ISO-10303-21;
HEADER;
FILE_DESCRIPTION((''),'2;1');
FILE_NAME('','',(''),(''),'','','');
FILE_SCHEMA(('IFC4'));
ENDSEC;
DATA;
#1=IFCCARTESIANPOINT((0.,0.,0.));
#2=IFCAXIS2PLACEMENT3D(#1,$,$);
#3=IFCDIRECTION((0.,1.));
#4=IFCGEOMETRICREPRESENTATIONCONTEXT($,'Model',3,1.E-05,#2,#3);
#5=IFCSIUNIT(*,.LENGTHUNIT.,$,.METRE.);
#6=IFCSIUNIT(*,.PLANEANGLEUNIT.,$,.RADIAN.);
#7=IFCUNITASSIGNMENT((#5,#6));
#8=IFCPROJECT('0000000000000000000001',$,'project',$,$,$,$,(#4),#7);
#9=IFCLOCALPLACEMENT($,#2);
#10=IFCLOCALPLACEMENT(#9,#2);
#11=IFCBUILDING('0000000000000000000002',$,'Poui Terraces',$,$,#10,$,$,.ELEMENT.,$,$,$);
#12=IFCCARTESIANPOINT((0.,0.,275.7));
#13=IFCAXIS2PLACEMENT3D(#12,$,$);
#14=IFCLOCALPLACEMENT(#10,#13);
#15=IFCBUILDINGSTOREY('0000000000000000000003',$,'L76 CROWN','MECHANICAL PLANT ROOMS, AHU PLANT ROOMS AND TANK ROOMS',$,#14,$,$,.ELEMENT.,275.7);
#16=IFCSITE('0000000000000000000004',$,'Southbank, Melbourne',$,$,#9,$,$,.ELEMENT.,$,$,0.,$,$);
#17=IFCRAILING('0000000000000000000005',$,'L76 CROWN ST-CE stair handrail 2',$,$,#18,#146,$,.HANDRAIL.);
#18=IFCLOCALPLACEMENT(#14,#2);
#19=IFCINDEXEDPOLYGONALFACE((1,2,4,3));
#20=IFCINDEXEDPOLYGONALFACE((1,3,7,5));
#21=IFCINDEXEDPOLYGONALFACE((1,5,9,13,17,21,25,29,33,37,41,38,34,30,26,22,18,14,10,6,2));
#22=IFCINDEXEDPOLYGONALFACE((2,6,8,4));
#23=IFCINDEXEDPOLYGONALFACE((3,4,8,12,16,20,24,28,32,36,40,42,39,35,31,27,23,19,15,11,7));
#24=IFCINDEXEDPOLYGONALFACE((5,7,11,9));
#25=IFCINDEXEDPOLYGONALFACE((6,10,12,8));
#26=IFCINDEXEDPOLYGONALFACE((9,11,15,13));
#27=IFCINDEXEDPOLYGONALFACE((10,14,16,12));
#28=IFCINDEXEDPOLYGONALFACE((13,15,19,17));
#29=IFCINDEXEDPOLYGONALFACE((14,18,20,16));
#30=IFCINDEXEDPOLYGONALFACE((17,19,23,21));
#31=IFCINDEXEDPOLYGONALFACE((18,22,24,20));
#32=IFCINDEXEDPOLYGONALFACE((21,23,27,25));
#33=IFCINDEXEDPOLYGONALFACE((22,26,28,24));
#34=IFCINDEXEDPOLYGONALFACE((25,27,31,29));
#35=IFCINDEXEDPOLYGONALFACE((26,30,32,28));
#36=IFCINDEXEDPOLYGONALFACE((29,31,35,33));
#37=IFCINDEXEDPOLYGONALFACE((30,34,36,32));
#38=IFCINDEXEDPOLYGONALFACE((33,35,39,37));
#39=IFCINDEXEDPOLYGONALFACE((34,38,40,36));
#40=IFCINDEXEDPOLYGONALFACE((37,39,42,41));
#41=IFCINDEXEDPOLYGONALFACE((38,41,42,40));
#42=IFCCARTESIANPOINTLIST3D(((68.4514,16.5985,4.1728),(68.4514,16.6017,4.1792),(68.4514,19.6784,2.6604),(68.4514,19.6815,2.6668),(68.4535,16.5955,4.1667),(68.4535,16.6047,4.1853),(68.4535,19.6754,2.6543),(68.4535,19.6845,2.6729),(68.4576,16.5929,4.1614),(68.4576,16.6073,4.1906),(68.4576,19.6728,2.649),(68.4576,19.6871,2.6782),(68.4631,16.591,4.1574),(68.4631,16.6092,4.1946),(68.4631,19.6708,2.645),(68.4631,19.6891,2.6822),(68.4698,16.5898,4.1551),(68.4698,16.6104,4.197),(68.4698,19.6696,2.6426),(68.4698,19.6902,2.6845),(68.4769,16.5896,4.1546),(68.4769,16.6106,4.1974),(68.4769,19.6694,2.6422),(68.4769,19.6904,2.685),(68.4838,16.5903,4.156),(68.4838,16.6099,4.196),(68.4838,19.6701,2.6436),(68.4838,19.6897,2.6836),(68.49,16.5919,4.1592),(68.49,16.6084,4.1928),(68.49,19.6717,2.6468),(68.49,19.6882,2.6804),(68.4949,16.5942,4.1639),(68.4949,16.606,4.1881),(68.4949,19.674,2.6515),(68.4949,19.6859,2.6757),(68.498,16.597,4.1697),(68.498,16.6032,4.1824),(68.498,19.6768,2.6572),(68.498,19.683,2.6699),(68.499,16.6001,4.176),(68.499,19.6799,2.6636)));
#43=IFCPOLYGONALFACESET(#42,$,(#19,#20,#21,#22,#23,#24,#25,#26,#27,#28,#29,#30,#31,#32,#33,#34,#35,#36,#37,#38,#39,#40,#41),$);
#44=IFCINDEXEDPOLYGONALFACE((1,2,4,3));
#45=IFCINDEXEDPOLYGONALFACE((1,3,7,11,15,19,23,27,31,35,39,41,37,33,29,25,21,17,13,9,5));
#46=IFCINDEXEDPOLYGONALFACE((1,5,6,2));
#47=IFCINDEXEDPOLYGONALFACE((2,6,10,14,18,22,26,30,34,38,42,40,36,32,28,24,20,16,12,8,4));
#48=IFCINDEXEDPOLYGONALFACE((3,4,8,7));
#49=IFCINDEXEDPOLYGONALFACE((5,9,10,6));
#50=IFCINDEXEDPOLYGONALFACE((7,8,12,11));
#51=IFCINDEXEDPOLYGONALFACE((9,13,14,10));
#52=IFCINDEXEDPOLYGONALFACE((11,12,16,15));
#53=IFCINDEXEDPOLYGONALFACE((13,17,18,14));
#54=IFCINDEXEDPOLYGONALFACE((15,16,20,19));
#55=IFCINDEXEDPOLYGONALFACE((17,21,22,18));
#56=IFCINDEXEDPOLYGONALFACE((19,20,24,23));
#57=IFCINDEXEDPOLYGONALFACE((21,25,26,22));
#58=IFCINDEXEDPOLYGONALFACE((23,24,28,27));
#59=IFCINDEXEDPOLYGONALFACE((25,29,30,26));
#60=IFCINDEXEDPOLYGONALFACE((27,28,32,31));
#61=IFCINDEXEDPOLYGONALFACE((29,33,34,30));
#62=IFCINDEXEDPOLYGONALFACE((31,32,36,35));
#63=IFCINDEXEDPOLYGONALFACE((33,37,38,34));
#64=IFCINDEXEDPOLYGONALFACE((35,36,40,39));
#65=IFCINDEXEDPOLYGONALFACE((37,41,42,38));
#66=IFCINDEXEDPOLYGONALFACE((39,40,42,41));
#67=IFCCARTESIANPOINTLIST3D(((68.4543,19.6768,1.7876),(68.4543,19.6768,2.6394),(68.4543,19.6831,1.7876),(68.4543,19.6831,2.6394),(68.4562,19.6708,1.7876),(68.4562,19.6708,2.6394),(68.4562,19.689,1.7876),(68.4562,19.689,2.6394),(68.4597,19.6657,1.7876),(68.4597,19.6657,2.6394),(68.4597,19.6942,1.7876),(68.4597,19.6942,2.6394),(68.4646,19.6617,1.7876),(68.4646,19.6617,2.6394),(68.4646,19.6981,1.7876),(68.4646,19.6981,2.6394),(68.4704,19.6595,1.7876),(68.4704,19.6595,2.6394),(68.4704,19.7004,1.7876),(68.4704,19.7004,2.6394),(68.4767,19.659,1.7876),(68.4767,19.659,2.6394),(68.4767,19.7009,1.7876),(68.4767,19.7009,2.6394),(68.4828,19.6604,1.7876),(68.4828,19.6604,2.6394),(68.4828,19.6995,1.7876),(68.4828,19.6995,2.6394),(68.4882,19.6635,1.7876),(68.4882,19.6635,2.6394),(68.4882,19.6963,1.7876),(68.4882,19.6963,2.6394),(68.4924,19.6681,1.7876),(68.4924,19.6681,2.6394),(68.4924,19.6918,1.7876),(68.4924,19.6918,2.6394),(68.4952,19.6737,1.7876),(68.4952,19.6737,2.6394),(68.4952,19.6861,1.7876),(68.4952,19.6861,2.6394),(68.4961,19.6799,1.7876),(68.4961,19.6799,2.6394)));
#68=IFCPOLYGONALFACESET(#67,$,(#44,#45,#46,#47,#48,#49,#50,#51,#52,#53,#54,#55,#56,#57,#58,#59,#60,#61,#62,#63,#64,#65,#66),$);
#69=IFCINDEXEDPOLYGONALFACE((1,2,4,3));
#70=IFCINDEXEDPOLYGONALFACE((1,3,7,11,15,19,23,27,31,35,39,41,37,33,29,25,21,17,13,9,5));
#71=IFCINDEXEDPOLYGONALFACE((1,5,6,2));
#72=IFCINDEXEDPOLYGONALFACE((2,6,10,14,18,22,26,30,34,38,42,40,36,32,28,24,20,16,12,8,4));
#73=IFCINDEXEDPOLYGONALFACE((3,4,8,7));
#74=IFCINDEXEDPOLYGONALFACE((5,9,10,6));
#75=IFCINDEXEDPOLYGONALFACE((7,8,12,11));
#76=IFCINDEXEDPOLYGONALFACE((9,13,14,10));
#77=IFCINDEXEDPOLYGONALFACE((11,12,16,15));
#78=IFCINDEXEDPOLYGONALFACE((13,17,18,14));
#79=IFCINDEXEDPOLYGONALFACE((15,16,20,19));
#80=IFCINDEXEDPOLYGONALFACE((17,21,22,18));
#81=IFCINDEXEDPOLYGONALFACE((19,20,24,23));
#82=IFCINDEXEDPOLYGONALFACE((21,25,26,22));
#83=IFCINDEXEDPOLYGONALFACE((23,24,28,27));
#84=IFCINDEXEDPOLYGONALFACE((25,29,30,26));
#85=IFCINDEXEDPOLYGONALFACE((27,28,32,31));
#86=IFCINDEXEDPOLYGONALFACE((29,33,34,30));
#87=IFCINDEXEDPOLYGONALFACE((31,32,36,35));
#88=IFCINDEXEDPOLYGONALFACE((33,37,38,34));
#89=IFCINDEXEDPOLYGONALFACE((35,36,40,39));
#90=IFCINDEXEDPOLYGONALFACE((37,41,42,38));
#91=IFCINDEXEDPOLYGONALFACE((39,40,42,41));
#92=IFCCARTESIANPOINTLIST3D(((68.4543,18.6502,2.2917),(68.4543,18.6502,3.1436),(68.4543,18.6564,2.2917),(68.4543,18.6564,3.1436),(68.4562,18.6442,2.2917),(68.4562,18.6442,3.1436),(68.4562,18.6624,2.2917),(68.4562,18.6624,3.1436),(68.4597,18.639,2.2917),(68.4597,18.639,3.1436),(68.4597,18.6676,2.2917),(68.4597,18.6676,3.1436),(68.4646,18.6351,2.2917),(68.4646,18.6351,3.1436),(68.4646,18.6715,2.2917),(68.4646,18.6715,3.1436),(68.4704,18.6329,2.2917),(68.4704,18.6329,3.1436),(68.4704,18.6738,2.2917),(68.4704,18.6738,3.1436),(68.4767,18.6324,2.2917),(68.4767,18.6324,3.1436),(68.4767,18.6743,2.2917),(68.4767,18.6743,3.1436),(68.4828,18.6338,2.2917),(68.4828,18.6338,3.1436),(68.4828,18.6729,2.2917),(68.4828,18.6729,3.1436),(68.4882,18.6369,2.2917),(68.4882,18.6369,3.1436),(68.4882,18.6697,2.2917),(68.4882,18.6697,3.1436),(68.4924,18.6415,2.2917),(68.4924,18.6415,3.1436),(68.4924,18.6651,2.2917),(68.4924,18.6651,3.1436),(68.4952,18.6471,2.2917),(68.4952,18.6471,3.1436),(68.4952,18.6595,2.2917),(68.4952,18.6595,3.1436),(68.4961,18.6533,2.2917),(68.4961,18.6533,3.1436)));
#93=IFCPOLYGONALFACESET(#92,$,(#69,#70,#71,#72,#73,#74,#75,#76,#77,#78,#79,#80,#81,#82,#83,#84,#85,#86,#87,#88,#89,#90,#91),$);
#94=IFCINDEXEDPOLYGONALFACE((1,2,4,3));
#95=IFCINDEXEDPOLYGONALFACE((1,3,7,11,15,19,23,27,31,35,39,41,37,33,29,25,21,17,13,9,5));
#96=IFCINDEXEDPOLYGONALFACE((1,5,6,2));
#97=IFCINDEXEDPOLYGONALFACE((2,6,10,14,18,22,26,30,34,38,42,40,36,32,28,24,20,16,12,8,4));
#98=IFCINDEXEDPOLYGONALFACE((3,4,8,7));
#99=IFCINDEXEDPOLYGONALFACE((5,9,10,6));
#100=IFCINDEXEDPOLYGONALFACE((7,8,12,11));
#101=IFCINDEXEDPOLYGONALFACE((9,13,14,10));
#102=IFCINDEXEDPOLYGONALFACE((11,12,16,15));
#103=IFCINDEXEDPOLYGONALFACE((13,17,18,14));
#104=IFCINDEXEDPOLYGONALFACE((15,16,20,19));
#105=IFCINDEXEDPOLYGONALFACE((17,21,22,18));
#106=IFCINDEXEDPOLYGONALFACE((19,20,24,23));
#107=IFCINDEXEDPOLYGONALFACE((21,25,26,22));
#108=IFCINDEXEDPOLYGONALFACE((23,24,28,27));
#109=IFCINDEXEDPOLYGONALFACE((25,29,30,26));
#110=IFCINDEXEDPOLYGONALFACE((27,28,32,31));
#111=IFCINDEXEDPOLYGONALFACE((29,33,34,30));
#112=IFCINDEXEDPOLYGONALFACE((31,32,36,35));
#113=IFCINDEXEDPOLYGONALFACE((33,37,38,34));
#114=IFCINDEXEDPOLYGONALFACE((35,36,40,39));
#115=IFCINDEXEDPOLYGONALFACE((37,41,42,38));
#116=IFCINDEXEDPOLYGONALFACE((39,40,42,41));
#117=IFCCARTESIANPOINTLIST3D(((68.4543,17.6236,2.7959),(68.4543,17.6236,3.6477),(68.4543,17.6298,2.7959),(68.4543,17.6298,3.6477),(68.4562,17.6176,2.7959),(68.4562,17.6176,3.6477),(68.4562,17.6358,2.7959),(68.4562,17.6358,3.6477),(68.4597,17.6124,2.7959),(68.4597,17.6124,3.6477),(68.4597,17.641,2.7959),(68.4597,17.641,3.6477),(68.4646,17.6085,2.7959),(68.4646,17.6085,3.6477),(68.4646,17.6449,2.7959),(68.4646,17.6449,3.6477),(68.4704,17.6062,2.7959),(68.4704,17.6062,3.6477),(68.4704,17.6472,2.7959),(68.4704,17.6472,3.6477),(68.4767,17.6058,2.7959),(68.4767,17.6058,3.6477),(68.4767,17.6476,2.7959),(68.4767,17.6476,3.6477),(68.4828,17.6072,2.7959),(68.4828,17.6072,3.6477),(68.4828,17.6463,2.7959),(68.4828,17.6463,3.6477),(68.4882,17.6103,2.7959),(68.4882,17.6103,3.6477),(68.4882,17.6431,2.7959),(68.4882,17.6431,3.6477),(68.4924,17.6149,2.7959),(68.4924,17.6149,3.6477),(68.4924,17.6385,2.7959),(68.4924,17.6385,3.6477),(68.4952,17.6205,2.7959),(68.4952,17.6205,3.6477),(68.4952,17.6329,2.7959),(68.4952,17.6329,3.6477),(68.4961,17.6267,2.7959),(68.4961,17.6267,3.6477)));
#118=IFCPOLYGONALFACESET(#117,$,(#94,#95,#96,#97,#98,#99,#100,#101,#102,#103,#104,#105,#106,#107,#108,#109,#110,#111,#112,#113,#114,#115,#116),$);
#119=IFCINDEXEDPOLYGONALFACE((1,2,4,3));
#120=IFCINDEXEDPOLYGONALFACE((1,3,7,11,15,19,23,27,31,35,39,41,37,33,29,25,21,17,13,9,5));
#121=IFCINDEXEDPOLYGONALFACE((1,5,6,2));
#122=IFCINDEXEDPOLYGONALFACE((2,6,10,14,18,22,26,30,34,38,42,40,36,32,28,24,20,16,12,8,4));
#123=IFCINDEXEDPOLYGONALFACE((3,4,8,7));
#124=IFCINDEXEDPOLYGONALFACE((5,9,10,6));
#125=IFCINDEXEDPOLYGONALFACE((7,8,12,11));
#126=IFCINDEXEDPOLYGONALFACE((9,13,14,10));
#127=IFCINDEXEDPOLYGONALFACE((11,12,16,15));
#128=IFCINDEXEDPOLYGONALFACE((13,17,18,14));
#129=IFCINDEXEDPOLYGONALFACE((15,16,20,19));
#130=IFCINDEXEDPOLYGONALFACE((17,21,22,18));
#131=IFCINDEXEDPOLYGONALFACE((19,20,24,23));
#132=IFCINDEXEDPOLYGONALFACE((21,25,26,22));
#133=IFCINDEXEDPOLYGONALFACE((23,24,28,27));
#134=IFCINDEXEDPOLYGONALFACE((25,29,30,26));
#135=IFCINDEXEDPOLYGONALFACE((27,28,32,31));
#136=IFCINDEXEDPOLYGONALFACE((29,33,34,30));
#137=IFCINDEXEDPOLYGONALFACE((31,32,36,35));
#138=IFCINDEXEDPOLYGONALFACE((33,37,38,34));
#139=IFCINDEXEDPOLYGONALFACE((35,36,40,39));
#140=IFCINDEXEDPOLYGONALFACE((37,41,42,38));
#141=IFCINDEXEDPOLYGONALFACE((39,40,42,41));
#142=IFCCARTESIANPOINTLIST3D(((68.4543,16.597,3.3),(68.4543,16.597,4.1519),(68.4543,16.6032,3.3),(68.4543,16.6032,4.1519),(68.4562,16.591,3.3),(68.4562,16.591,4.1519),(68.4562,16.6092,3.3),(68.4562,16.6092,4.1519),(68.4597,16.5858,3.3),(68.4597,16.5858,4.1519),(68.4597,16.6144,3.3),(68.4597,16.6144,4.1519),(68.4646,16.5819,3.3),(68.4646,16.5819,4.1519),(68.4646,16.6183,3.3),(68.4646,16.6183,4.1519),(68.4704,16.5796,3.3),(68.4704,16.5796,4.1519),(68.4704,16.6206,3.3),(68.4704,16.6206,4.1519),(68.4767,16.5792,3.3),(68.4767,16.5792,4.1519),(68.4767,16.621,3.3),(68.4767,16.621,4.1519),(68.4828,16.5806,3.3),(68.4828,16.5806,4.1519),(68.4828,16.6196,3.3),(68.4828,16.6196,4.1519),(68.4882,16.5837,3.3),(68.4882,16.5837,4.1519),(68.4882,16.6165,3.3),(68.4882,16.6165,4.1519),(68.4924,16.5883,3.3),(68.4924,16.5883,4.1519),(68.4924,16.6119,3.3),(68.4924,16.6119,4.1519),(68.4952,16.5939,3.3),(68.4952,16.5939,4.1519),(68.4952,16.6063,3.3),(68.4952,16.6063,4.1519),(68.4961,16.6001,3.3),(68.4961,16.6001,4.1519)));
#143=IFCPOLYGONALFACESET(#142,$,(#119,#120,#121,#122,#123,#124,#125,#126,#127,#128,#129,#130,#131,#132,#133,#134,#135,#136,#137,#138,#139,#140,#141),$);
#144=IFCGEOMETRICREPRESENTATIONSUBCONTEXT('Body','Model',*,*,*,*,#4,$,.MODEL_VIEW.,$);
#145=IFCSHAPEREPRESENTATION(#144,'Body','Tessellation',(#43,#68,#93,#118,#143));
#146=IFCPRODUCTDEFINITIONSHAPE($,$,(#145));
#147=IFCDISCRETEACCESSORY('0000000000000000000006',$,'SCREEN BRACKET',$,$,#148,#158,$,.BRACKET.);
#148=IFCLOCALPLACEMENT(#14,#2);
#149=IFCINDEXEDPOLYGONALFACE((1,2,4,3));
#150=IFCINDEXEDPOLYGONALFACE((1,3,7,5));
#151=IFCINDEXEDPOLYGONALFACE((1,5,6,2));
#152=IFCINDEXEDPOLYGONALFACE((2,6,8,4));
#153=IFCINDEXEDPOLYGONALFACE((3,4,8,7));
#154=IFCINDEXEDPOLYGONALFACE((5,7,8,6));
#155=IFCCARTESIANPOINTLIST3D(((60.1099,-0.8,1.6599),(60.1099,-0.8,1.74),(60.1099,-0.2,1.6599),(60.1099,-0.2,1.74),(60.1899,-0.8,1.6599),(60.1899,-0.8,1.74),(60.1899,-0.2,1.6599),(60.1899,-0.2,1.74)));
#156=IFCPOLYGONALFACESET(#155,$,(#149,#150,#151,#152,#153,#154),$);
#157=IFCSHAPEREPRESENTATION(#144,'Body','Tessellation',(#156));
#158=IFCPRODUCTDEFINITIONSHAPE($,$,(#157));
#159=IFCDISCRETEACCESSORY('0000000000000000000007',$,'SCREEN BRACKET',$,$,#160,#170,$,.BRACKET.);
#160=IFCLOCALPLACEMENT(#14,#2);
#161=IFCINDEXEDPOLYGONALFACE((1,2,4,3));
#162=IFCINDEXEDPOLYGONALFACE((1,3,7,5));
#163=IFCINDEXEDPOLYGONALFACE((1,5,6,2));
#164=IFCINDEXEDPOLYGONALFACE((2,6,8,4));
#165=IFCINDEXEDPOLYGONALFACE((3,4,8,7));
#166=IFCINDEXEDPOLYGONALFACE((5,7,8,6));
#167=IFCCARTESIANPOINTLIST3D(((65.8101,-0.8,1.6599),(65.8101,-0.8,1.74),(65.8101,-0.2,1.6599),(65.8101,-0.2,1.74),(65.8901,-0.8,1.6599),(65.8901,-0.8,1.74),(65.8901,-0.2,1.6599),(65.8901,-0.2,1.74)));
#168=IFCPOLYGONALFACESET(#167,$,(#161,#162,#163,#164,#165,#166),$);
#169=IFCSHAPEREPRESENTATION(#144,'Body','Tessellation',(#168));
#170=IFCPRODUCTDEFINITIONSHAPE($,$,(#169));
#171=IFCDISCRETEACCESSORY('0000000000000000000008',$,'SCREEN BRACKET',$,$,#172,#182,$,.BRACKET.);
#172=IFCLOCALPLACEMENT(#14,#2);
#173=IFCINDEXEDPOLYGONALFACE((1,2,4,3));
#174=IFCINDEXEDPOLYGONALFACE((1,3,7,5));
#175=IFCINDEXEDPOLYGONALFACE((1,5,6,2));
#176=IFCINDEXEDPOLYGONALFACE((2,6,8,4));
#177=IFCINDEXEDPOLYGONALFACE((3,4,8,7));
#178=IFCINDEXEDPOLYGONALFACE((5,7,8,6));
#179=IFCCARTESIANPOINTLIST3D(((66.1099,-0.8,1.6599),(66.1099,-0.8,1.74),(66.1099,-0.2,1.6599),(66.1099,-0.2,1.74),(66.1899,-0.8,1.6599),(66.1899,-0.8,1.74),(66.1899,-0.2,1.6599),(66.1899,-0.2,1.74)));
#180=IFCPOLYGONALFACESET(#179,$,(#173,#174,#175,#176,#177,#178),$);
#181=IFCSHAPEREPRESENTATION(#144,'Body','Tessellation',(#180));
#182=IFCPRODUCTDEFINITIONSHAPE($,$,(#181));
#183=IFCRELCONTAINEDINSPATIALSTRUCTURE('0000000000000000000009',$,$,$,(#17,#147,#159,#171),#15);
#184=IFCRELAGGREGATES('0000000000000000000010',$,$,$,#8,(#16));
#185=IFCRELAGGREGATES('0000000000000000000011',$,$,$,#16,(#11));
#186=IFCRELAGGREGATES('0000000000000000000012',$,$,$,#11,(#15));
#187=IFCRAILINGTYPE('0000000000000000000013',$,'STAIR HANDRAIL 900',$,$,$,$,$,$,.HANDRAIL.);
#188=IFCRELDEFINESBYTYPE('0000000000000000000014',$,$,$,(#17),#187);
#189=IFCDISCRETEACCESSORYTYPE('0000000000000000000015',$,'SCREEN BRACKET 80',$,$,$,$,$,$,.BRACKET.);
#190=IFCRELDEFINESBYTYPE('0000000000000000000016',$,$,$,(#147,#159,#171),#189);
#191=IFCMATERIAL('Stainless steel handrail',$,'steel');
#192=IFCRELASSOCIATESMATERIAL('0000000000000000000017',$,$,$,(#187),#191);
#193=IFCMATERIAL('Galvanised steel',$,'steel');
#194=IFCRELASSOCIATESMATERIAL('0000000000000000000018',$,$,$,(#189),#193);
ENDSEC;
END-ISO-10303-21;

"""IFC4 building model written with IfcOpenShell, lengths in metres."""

from ifc_helpers import new_model, si_unit, direction, frame, origin, origin_2d, place, context, subcontext, project, spatial, rectangle, circle, extrude, source, transform, mapped, material, material_profile, profile_set, type_object, element, save


model = new_model("IFC4")

# Units and contexts
model_context = context("Model", 3, precision=1e-05, world=origin(), true_north=direction((0.0, 1.0)))
body_context = subcontext(model_context, "Body", "Model", "MODEL_VIEW")
ifc_project = project(units=[si_unit("LENGTHUNIT", "METRE"), si_unit("PLANEANGLEUNIT", "RADIAN")], contexts=[model_context])

# Site, building, storey
site_placement = place(None, origin())
site = spatial("IfcSite", under=ifc_project, at=site_placement, Name="Southbank, Melbourne", CompositionType="ELEMENT", RefElevation=0.0)
building_placement = place(site_placement, origin())
building = spatial("IfcBuilding", under=site, at=building_placement, Name="Poui Terraces", CompositionType="ELEMENT")
storey_placement = place(building_placement, frame((0.0, 0.0, 275.7)))
storey = spatial("IfcBuildingStorey", under=building, at=storey_placement, Name="L76 CROWN", Description="MECHANICAL PLANT ROOMS, AHU PLANT ROOMS AND TANK ROOMS", CompositionType="ELEMENT", Elevation=275.7)

# Railing
ifc_material_1 = material(Name="Stainless steel handrail", Category="steel")
railing_type_1 = type_object("IfcRailingType", Name="STAIR HANDRAIL 900", PredefinedType="HANDRAIL", material=ifc_material_1)
railing_1_placement = place(storey_placement, frame((68.4751, 19.6799, 1.7876)))
element("IfcRailing", 1, at=railing_1_placement, inside=storey, type_object=railing_type_1, Name="L76 CROWN ST-CE stair handrail 2", PredefinedType="HANDRAIL", context=body_context, shape_type="SweptSolid", body=[
    extrude(circle(Radius=0.0239, at=origin_2d()), frame((0.0, 0.0, 0.876), z_axis=(0.0, -0.897606, 0.440798), x_axis=(1.0, 0.0, 0.0)), (0.0, 0.0, 1.0), 3.4312),
    extrude(circle(Radius=0.021, at=origin_2d()), origin(), (0.0, 0.0, 1.0), 0.8518),
    extrude(circle(Radius=0.021, at=origin_2d()), frame((0.0, -1.0266, 0.5042)), (0.0, 0.0, 1.0), 0.8518),
    extrude(circle(Radius=0.021, at=origin_2d()), frame((0.0, -2.0532, 1.0083)), (0.0, 0.0, 1.0), 0.8518),
    extrude(circle(Radius=0.021, at=origin_2d()), frame((0.0, -3.0798, 1.5125)), (0.0, 0.0, 1.0), 0.8518),
])

# Discrete accessories
ifc_material_2 = material(Name="Galvanised steel", Category="steel")
ifc_material_profile_1 = material_profile(ifc_material_2, rectangle(XDim=0.0801, YDim=0.0801, at=origin_2d()), Name="SCREEN BRACKET 80")
ifc_profile_set_1 = profile_set([ifc_material_profile_1], Name="Galvanised steel")
discrete_accessory_type = type_object("IfcDiscreteAccessoryType", Name="SCREEN BRACKET 80", PredefinedType="BRACKET", material=ifc_profile_set_1)
shared_shape_1 = source(origin(), body_context, "Body", "SweptSolid", [
    extrude(rectangle(XDim=0.0801, YDim=0.0801, at=origin_2d()), origin(), (0.0, 0.0, 1.0), 0.6001),
])
for number, where, z_axis, x_axis, name in (
    (2, (60.1499, -0.2, 1.7), (0.0, -1.0, 0.0), (1.0, 0.0, 0.0), "SCREEN BRACKET"),
    (3, (65.8501, -0.2, 1.7), (0.0, -1.0, 0.0), (1.0, 0.0, 0.0), "SCREEN BRACKET"),
    (4, (66.1499, -0.2, 1.7), (0.0, -1.0, 0.0), (1.0, 0.0, 0.0), "SCREEN BRACKET"),
):
    element("IfcDiscreteAccessory", number, at=place(storey_placement, frame(where, z_axis=z_axis, x_axis=x_axis)), inside=storey, type_object=discrete_accessory_type, Name=name, PredefinedType="BRACKET", context=body_context, shape_type="MappedRepresentation", body=[
        mapped(shared_shape_1, transform((0.0, 0.0, 0.0))),
    ])

save(model, "model.ifc")
